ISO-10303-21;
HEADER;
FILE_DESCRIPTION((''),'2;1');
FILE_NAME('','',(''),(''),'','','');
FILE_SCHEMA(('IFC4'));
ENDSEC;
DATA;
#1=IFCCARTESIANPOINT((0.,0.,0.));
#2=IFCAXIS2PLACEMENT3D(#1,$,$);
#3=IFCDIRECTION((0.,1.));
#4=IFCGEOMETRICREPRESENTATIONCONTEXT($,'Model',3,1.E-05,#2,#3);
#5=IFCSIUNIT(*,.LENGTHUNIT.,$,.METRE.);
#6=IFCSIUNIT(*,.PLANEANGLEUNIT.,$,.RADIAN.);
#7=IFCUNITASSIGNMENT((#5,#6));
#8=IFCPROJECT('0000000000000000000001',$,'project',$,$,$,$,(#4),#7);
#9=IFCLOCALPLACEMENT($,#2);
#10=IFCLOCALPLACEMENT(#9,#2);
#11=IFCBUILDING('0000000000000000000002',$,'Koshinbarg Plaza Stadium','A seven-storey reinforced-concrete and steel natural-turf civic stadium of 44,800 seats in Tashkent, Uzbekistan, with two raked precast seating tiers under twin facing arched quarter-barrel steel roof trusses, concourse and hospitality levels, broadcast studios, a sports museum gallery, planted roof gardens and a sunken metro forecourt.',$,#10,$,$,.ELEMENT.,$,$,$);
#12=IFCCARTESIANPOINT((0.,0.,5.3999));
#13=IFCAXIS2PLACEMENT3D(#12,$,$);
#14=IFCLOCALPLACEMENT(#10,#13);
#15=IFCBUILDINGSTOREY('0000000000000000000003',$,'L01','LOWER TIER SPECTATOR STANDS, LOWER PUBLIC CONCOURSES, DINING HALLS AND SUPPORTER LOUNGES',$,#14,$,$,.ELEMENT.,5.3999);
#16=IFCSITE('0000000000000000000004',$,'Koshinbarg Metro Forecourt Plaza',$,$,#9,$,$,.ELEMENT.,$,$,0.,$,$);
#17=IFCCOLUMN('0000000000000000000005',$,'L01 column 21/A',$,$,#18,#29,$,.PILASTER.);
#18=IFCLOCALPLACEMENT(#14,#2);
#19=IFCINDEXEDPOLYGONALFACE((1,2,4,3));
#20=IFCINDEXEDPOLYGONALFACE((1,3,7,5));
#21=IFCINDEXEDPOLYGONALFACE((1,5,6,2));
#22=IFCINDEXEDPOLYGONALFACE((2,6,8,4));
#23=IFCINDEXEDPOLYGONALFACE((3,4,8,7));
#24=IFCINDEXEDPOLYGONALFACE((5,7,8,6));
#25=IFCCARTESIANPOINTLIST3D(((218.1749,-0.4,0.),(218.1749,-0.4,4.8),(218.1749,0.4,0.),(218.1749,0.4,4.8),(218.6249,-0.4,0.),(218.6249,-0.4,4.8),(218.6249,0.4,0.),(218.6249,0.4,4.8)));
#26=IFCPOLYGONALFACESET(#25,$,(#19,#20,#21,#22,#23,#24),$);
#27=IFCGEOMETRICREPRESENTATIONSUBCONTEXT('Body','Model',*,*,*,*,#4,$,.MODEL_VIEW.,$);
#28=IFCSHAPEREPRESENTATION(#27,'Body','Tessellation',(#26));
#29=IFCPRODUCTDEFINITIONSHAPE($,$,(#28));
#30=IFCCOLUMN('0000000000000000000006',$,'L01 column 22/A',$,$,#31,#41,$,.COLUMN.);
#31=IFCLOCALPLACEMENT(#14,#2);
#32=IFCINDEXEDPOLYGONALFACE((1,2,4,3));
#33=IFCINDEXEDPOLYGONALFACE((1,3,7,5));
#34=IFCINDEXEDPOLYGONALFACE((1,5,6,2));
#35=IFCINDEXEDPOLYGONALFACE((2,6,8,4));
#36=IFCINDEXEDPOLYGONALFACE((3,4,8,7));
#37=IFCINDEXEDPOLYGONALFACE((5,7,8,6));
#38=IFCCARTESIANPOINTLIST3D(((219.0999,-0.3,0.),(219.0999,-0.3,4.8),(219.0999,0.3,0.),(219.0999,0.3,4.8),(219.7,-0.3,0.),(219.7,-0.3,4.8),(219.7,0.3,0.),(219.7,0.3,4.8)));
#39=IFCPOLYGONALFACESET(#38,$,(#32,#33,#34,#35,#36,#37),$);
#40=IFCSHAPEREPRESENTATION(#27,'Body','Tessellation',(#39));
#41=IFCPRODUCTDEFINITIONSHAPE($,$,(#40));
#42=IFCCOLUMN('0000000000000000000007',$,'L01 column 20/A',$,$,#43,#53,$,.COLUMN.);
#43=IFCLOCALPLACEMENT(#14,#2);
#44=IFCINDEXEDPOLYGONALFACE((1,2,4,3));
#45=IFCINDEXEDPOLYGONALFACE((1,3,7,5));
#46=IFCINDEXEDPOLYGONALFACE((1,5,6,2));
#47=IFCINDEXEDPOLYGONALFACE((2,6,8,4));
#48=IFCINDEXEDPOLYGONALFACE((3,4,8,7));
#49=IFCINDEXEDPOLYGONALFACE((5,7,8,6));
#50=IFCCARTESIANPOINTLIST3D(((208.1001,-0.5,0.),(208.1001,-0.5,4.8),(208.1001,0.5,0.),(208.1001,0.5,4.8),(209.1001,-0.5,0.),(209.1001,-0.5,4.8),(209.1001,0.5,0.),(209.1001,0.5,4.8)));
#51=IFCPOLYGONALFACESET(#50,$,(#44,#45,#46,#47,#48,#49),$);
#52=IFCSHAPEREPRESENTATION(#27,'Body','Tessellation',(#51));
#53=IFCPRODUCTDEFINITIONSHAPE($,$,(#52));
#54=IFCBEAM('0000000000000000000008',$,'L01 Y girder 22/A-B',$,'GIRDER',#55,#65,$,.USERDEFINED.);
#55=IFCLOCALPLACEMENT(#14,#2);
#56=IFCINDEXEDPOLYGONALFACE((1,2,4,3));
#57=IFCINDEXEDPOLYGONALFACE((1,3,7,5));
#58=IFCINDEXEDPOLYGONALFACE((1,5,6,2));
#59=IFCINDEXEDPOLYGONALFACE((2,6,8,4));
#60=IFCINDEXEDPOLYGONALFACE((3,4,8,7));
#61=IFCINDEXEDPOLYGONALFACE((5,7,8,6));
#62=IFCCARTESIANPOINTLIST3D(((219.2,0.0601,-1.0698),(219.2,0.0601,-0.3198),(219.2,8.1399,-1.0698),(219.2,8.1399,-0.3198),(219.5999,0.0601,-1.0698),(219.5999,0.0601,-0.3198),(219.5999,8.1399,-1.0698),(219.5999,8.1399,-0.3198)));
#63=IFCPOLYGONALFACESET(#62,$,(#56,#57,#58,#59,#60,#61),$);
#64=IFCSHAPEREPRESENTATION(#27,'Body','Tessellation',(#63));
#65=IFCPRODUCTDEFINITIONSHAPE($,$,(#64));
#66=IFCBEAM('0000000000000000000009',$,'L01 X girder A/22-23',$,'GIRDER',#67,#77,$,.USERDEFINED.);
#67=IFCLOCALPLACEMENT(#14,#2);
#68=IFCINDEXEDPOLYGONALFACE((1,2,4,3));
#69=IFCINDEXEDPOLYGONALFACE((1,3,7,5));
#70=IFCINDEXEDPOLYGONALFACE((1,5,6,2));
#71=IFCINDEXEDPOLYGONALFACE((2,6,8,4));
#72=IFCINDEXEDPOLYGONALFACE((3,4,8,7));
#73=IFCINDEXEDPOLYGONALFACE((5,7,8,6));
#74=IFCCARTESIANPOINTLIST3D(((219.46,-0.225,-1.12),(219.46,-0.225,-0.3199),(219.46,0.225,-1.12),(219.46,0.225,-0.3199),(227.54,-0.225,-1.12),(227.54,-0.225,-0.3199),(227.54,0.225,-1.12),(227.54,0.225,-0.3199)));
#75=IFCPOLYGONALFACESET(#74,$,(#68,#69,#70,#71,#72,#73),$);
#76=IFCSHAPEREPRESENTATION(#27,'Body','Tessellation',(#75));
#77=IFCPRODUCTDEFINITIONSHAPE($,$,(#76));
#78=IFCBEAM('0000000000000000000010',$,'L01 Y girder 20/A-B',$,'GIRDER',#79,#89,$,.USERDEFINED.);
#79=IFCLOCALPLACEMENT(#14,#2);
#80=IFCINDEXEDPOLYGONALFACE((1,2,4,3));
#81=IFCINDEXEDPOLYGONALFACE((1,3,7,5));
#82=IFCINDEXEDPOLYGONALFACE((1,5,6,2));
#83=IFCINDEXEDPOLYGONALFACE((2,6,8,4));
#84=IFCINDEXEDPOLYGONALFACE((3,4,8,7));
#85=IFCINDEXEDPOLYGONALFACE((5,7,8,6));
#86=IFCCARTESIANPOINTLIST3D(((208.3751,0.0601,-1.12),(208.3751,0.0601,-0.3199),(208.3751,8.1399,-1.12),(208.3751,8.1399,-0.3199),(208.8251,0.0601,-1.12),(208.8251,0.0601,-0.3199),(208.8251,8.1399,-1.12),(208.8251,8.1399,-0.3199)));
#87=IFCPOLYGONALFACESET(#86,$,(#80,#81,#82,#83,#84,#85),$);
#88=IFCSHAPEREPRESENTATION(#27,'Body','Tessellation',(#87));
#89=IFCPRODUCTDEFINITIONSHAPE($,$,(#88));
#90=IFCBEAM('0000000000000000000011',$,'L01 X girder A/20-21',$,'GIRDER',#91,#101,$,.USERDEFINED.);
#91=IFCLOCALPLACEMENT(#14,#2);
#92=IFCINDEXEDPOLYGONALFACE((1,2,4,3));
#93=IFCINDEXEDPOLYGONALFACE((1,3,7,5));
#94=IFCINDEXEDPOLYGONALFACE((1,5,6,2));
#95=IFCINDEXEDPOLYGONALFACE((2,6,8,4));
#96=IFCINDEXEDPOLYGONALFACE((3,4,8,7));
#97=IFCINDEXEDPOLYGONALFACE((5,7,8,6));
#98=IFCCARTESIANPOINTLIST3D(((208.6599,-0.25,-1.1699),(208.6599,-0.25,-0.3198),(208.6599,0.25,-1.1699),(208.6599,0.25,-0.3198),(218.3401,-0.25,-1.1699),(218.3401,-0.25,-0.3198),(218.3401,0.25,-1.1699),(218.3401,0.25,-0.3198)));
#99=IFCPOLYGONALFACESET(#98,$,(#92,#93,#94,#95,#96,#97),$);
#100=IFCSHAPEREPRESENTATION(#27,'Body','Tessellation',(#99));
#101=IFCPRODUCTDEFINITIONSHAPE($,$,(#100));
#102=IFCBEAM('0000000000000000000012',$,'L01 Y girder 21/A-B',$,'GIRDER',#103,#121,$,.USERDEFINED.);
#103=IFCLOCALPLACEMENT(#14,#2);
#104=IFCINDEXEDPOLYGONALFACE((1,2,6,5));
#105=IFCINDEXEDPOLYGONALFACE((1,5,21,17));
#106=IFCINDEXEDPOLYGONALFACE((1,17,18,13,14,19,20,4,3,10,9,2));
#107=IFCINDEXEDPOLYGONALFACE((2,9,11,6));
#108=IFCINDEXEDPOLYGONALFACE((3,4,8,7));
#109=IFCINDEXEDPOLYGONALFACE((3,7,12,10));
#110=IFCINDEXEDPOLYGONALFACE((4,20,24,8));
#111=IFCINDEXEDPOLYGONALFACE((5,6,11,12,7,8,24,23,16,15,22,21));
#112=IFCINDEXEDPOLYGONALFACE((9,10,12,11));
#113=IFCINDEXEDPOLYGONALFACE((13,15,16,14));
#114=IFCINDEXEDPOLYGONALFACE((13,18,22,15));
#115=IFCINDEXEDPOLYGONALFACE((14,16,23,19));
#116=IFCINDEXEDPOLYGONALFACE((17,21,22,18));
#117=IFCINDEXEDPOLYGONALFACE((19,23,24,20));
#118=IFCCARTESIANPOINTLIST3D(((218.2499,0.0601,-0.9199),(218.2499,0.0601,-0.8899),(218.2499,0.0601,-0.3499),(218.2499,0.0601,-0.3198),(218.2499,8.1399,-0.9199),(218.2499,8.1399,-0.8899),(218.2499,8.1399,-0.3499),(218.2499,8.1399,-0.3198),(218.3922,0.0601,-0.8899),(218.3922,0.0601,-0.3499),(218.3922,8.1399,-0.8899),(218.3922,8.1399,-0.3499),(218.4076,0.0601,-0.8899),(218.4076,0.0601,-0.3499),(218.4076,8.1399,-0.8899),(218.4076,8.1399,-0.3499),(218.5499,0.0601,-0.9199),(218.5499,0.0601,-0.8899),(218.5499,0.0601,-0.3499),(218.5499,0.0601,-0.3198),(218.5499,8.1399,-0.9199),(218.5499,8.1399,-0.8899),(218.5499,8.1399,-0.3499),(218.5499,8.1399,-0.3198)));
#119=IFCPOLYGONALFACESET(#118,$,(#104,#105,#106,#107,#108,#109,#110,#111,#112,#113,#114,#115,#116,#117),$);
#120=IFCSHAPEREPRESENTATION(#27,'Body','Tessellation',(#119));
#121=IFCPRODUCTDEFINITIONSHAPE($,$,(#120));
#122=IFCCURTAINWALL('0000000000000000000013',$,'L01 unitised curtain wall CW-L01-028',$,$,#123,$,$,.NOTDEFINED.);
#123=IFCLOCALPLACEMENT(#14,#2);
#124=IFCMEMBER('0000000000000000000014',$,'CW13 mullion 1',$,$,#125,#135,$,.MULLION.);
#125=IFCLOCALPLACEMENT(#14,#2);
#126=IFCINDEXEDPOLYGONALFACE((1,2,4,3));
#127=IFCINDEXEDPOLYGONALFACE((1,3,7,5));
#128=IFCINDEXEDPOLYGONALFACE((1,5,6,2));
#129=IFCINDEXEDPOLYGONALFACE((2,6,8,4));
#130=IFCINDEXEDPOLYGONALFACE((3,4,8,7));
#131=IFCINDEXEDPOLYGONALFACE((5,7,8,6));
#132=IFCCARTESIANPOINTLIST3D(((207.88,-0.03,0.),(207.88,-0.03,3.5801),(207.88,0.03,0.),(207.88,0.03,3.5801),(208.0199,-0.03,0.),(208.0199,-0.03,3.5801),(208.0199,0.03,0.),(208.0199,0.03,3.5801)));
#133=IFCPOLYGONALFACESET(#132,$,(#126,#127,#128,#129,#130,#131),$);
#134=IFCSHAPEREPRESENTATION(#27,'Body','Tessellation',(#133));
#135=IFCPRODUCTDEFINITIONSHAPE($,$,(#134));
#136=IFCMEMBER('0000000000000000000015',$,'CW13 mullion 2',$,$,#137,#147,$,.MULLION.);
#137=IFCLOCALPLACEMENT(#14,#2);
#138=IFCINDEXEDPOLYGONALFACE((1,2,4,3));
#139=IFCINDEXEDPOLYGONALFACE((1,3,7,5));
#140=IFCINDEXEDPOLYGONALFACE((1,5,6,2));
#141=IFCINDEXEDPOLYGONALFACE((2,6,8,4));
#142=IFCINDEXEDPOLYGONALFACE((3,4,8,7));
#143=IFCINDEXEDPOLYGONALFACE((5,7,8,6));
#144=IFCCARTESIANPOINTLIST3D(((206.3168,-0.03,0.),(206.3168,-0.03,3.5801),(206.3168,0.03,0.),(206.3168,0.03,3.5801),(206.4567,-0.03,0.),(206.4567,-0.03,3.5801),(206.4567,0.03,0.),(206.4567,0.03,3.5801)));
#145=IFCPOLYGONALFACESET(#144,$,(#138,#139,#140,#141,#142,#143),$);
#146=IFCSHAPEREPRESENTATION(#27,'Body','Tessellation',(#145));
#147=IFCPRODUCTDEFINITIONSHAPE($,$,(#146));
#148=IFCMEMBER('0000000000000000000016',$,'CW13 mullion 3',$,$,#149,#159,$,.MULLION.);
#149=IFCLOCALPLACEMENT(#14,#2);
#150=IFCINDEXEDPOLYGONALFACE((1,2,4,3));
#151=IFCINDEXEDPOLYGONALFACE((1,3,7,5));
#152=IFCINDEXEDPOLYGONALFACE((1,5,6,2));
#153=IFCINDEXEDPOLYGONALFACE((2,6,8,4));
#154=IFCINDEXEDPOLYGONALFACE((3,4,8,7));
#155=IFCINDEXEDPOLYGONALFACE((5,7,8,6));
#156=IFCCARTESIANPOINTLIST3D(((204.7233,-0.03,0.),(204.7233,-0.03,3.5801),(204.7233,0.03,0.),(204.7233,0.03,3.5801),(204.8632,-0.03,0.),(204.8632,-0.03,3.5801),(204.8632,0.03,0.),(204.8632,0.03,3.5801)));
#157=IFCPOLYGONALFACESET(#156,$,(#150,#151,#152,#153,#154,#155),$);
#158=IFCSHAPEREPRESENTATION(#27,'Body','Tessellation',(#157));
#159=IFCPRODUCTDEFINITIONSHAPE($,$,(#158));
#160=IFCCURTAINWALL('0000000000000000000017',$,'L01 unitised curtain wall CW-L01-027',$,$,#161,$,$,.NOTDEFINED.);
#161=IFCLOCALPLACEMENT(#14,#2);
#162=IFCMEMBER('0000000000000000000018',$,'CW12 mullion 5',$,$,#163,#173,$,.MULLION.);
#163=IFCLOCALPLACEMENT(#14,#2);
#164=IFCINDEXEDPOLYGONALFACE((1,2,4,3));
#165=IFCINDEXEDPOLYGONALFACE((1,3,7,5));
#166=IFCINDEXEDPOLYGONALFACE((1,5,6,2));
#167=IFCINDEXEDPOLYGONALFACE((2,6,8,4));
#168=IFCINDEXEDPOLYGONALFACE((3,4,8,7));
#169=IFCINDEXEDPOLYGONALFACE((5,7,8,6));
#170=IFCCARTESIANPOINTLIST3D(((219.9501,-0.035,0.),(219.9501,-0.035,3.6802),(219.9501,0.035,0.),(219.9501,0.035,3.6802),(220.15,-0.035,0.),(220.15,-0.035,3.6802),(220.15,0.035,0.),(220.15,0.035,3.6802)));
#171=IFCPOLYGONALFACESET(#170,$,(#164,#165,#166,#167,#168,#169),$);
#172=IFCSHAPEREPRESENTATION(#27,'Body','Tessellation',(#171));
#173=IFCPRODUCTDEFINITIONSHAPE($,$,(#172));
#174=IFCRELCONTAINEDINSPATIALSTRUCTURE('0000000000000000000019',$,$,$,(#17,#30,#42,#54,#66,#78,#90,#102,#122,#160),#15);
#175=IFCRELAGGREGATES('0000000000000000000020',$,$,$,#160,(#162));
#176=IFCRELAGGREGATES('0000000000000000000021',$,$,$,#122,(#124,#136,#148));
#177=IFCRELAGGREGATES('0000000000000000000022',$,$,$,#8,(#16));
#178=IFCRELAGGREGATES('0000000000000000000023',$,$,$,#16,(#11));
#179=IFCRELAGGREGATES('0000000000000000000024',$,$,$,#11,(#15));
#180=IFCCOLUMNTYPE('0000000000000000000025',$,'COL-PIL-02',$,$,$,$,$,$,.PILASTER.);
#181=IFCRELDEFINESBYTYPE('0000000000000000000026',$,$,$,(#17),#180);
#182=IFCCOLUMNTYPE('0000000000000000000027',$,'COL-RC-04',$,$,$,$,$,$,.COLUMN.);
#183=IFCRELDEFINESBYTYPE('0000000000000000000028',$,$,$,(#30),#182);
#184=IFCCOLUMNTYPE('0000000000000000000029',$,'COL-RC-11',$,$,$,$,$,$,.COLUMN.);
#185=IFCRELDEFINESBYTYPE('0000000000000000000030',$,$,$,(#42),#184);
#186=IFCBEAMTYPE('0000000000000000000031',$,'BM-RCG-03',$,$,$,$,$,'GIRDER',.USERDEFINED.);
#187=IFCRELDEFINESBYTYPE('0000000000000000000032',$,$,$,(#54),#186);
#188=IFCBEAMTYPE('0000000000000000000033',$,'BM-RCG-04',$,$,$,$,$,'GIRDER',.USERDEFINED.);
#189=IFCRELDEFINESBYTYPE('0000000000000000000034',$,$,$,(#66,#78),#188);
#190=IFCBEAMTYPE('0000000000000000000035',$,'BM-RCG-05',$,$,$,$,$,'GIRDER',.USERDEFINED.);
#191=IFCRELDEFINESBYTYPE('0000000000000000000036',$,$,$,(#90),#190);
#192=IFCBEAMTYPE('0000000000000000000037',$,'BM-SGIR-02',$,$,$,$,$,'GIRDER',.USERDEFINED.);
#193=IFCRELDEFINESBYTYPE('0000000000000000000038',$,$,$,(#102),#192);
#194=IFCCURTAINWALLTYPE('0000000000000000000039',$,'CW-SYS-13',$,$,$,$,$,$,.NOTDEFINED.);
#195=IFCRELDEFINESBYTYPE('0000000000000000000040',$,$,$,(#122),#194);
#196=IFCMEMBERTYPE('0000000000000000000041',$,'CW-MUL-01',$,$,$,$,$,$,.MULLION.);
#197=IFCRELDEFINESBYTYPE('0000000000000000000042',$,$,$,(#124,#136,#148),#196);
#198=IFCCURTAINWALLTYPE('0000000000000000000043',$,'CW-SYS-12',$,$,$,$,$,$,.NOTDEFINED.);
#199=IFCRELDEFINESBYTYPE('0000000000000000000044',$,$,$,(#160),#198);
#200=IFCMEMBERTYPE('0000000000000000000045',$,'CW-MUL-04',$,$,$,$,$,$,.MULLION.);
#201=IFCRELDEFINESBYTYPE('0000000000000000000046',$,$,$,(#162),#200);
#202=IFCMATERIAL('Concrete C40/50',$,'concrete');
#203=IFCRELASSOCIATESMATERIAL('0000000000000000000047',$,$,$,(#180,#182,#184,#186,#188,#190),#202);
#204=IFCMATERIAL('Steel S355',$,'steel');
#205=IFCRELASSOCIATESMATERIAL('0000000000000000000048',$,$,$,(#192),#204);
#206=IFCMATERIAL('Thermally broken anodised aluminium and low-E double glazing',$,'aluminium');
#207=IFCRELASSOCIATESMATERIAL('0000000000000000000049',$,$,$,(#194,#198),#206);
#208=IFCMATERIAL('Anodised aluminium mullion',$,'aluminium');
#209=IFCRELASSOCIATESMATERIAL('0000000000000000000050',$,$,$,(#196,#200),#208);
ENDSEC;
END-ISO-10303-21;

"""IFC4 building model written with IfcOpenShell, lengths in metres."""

from ifc_helpers import new_model, si_unit, direction, frame, origin, origin_2d, place, context, subcontext, project, spatial, rectangle, i_section, extrude, material, material_profile, profile_set, type_object, element, aggregate, save


model = new_model("IFC4")

# Units and contexts
model_context = context("Model", 3, precision=1e-05, world=origin(), true_north=direction((0.0, 1.0)))
body_context = subcontext(model_context, "Body", "Model", "MODEL_VIEW")
ifc_project = project(units=[si_unit("LENGTHUNIT", "METRE"), si_unit("PLANEANGLEUNIT", "RADIAN")], contexts=[model_context])

# Site, building, storey
site_placement = place(None, origin())
site = spatial("IfcSite", under=ifc_project, at=site_placement, Name="Koshinbarg Metro Forecourt Plaza", CompositionType="ELEMENT", RefElevation=0.0)
building_placement = place(site_placement, origin())
building = spatial("IfcBuilding", under=site, at=building_placement, Name="Koshinbarg Plaza Stadium", Description="A seven-storey reinforced-concrete and steel natural-turf civic stadium of 44,800 seats in Tashkent, Uzbekistan, with two raked precast seating tiers under twin facing arched quarter-barrel steel roof trusses, concourse and hospitality levels, broadcast studios, a sports museum gallery, planted roof gardens and a sunken metro forecourt.", CompositionType="ELEMENT")
storey_placement = place(building_placement, frame((0.0, 0.0, 5.3999)))
storey = spatial("IfcBuildingStorey", under=building, at=storey_placement, Name="L01", Description="LOWER TIER SPECTATOR STANDS, LOWER PUBLIC CONCOURSES, DINING HALLS AND SUPPORTER LOUNGES", CompositionType="ELEMENT", Elevation=5.3999)

# Columns
ifc_material_1 = material(Name="Concrete C40/50", Category="concrete")
ifc_material_profile_1 = material_profile(ifc_material_1, rectangle(XDim=0.45, YDim=0.8, at=origin_2d()), Name="PIL 450x800")
ifc_profile_set_1 = profile_set([ifc_material_profile_1], Name="Concrete C40/50")
column_type_1 = type_object("IfcColumnType", Name="COL-PIL-02", PredefinedType="PILASTER", material=ifc_profile_set_1)
column_1_placement = place(storey_placement, frame((218.3999, 0.0, 0.0), z_axis=(0.0, 0.0, 1.0), x_axis=(1.0, 0.0, 0.0)))
element("IfcColumn", 1, at=column_1_placement, inside=storey, type_object=column_type_1, Name="L01 column 21/A", PredefinedType="PILASTER", context=body_context, shape_type="SweptSolid", body=[
    extrude(rectangle(XDim=0.45, YDim=0.8, at=origin_2d()), origin(), (0.0, 0.0, 1.0), 4.8),
])
ifc_material_profile_2 = material_profile(ifc_material_1, rectangle(XDim=0.6001, YDim=0.6001, at=origin_2d()), Name="RC 600x600")
ifc_profile_set_2 = profile_set([ifc_material_profile_2], Name="Concrete C40/50")
column_type_2 = type_object("IfcColumnType", Name="COL-RC-04", PredefinedType="COLUMN", material=ifc_profile_set_2)
column_2_placement = place(storey_placement, frame((219.3999, 0.0, 0.0), z_axis=(0.0, 0.0, 1.0), x_axis=(1.0, 0.0, 0.0)))
element("IfcColumn", 2, at=column_2_placement, inside=storey, type_object=column_type_2, Name="L01 column 22/A", PredefinedType="COLUMN", context=body_context, shape_type="SweptSolid", body=[
    extrude(rectangle(XDim=0.6001, YDim=0.6001, at=origin_2d()), origin(), (0.0, 0.0, 1.0), 4.8),
])
ifc_material_profile_3 = material_profile(ifc_material_1, rectangle(XDim=1.0, YDim=1.0, at=origin_2d()), Name="RC 1000x1000")
ifc_profile_set_3 = profile_set([ifc_material_profile_3], Name="Concrete C40/50")
column_type_3 = type_object("IfcColumnType", Name="COL-RC-11", PredefinedType="COLUMN", material=ifc_profile_set_3)
column_3_placement = place(storey_placement, frame((208.6001, 0.0, 0.0), z_axis=(0.0, 0.0, 1.0), x_axis=(1.0, 0.0, 0.0)))
element("IfcColumn", 3, at=column_3_placement, inside=storey, type_object=column_type_3, Name="L01 column 20/A", PredefinedType="COLUMN", context=body_context, shape_type="SweptSolid", body=[
    extrude(rectangle(XDim=1.0, YDim=1.0, at=origin_2d()), origin(), (0.0, 0.0, 1.0), 4.8),
])

# Beams
ifc_material_profile_4 = material_profile(ifc_material_1, rectangle(XDim=0.3999, YDim=0.75, at=origin_2d()), Name="RC 400x750")
ifc_profile_set_4 = profile_set([ifc_material_profile_4], Name="Concrete C40/50")
beam_type_1 = type_object("IfcBeamType", Name="BM-RCG-03", ElementType="GIRDER", PredefinedType="USERDEFINED", material=ifc_profile_set_4)
beam_1_placement = place(storey_placement, frame((219.3999, 0.0601, -0.6948), z_axis=(0.0, 1.0, 0.0), x_axis=(-1.0, 0.0, 0.0)))
element("IfcBeam", 4, at=beam_1_placement, inside=storey, type_object=beam_type_1, Name="L01 Y girder 22/A-B", ObjectType="GIRDER", PredefinedType="USERDEFINED", context=body_context, shape_type="SweptSolid", body=[
    extrude(rectangle(XDim=0.3999, YDim=0.75, at=origin_2d()), origin(), (0.0, 0.0, 1.0), 8.0798),
])
ifc_material_profile_5 = material_profile(ifc_material_1, rectangle(XDim=0.45, YDim=0.8, at=origin_2d()), Name="RC 450x800")
ifc_profile_set_5 = profile_set([ifc_material_profile_5], Name="Concrete C40/50")
beam_type_2 = type_object("IfcBeamType", Name="BM-RCG-04", ElementType="GIRDER", PredefinedType="USERDEFINED", material=ifc_profile_set_5)
beam_2_placement = place(storey_placement, frame((219.46, 0.0, -0.72), z_axis=(1.0, 0.0, 0.0), x_axis=(0.0, 1.0, 0.0)))
element("IfcBeam", 5, at=beam_2_placement, inside=storey, type_object=beam_type_2, Name="L01 X girder A/22-23", ObjectType="GIRDER", PredefinedType="USERDEFINED", context=body_context, shape_type="SweptSolid", body=[
    extrude(rectangle(XDim=0.45, YDim=0.8, at=origin_2d()), origin(), (0.0, 0.0, 1.0), 8.0801),
])
beam_3_placement = place(storey_placement, frame((208.6001, 0.0601, -0.72), z_axis=(0.0, 1.0, 0.0), x_axis=(-1.0, 0.0, 0.0)))
element("IfcBeam", 6, at=beam_3_placement, inside=storey, type_object=beam_type_2, Name="L01 Y girder 20/A-B", ObjectType="GIRDER", PredefinedType="USERDEFINED", context=body_context, shape_type="SweptSolid", body=[
    extrude(rectangle(XDim=0.45, YDim=0.8, at=origin_2d()), origin(), (0.0, 0.0, 1.0), 8.0798),
])
ifc_material_profile_6 = material_profile(ifc_material_1, rectangle(XDim=0.5, YDim=0.8501, at=origin_2d()), Name="RC 500x850")
ifc_profile_set_6 = profile_set([ifc_material_profile_6], Name="Concrete C40/50")
beam_type_3 = type_object("IfcBeamType", Name="BM-RCG-05", ElementType="GIRDER", PredefinedType="USERDEFINED", material=ifc_profile_set_6)
beam_4_placement = place(storey_placement, frame((208.6599, 0.0, -0.7449), z_axis=(1.0, 0.0, 0.0), x_axis=(0.0, 1.0, 0.0)))
element("IfcBeam", 7, at=beam_4_placement, inside=storey, type_object=beam_type_3, Name="L01 X girder A/20-21", ObjectType="GIRDER", PredefinedType="USERDEFINED", context=body_context, shape_type="SweptSolid", body=[
    extrude(rectangle(XDim=0.5, YDim=0.8501, at=origin_2d()), origin(), (0.0, 0.0, 1.0), 9.6802),
])
ifc_material_2 = material(Name="Steel S355", Category="steel")
ifc_material_profile_7 = material_profile(ifc_material_2, i_section(OverallWidth=0.3, OverallDepth=0.6001, WebThickness=0.0154, FlangeThickness=0.03, at=origin_2d()), Name="HEB 600")
ifc_profile_set_7 = profile_set([ifc_material_profile_7], Name="Steel S355")
beam_type_4 = type_object("IfcBeamType", Name="BM-SGIR-02", ElementType="GIRDER", PredefinedType="USERDEFINED", material=ifc_profile_set_7)
beam_5_placement = place(storey_placement, frame((218.3999, 0.0601, -0.6199), z_axis=(0.0, 1.0, 0.0), x_axis=(-1.0, 0.0, 0.0)))
element("IfcBeam", 8, at=beam_5_placement, inside=storey, type_object=beam_type_4, Name="L01 Y girder 21/A-B", ObjectType="GIRDER", PredefinedType="USERDEFINED", context=body_context, shape_type="SweptSolid", body=[
    extrude(i_section(OverallWidth=0.3, OverallDepth=0.6001, WebThickness=0.0154, FlangeThickness=0.03, at=origin_2d()), origin(), (0.0, 0.0, 1.0), 8.0798),
])

# Curtain wall, members
ifc_material_3 = material(Name="Thermally broken anodised aluminium and low-E double glazing", Category="aluminium")
curtain_wall_type_1 = type_object("IfcCurtainWallType", Name="CW-SYS-13", PredefinedType="NOTDEFINED", material=ifc_material_3)
curtain_wall_1_placement = place(storey_placement, origin())
curtain_wall_1 = element("IfcCurtainWall", 9, at=curtain_wall_1_placement, inside=storey, type_object=curtain_wall_type_1, Name="L01 unitised curtain wall CW-L01-028", PredefinedType="NOTDEFINED")
ifc_material_4 = material(Name="Anodised aluminium mullion", Category="aluminium")
ifc_material_profile_8 = material_profile(ifc_material_4, rectangle(XDim=0.0601, YDim=0.1399, at=origin_2d()), Name="ALU 60x140")
ifc_profile_set_8 = profile_set([ifc_material_profile_8], Name="Anodised aluminium mullion")
member_type_1 = type_object("IfcMemberType", Name="CW-MUL-01", PredefinedType="MULLION", material=ifc_profile_set_8)
member_1_placement = place(storey_placement, frame((207.95, 0.0, 0.0), z_axis=(0.0, 0.0, 1.0), x_axis=(0.0, -1.0, 0.0)))
member_1 = element("IfcMember", 10, at=member_1_placement, type_object=member_type_1, Name="CW13 mullion 1", PredefinedType="MULLION", context=body_context, shape_type="SweptSolid", body=[
    extrude(rectangle(XDim=0.0601, YDim=0.1399, at=origin_2d()), origin(), (0.0, 0.0, 1.0), 3.5801),
])
member_2_placement = place(storey_placement, frame((206.3867, 0.0, 0.0), z_axis=(0.0, 0.0, 1.0), x_axis=(0.0, -1.0, 0.0)))
member_2 = element("IfcMember", 11, at=member_2_placement, type_object=member_type_1, Name="CW13 mullion 2", PredefinedType="MULLION", context=body_context, shape_type="SweptSolid", body=[
    extrude(rectangle(XDim=0.0601, YDim=0.1399, at=origin_2d()), origin(), (0.0, 0.0, 1.0), 3.5801),
])
member_3_placement = place(storey_placement, frame((204.7932, 0.0, 0.0), z_axis=(0.0, 0.0, 1.0), x_axis=(0.0, -1.0, 0.0)))
member_3 = element("IfcMember", 12, at=member_3_placement, type_object=member_type_1, Name="CW13 mullion 3", PredefinedType="MULLION", context=body_context, shape_type="SweptSolid", body=[
    extrude(rectangle(XDim=0.0601, YDim=0.1399, at=origin_2d()), origin(), (0.0, 0.0, 1.0), 3.5801),
])

# Curtain wall, member
curtain_wall_type_2 = type_object("IfcCurtainWallType", Name="CW-SYS-12", PredefinedType="NOTDEFINED", material=ifc_material_3)
curtain_wall_2_placement = place(storey_placement, origin())
curtain_wall_2 = element("IfcCurtainWall", 13, at=curtain_wall_2_placement, inside=storey, type_object=curtain_wall_type_2, Name="L01 unitised curtain wall CW-L01-027", PredefinedType="NOTDEFINED")
ifc_material_profile_9 = material_profile(ifc_material_4, rectangle(XDim=0.0701, YDim=0.2, at=origin_2d()), Name="ALU 70x200")
ifc_profile_set_9 = profile_set([ifc_material_profile_9], Name="Anodised aluminium mullion")
member_type_2 = type_object("IfcMemberType", Name="CW-MUL-04", PredefinedType="MULLION", material=ifc_profile_set_9)
member_4_placement = place(storey_placement, frame((220.05, 0.0, 0.0), z_axis=(0.0, 0.0, 1.0), x_axis=(0.0, -1.0, 0.0)))
member_4 = element("IfcMember", 14, at=member_4_placement, type_object=member_type_2, Name="CW12 mullion 5", PredefinedType="MULLION", context=body_context, shape_type="SweptSolid", body=[
    extrude(rectangle(XDim=0.0701, YDim=0.2, at=origin_2d()), origin(), (0.0, 0.0, 1.0), 3.6802),
])
aggregate(curtain_wall_2, [member_4])

aggregate(curtain_wall_1, [member_1, member_2, member_3])

save(model, "model.ifc")
